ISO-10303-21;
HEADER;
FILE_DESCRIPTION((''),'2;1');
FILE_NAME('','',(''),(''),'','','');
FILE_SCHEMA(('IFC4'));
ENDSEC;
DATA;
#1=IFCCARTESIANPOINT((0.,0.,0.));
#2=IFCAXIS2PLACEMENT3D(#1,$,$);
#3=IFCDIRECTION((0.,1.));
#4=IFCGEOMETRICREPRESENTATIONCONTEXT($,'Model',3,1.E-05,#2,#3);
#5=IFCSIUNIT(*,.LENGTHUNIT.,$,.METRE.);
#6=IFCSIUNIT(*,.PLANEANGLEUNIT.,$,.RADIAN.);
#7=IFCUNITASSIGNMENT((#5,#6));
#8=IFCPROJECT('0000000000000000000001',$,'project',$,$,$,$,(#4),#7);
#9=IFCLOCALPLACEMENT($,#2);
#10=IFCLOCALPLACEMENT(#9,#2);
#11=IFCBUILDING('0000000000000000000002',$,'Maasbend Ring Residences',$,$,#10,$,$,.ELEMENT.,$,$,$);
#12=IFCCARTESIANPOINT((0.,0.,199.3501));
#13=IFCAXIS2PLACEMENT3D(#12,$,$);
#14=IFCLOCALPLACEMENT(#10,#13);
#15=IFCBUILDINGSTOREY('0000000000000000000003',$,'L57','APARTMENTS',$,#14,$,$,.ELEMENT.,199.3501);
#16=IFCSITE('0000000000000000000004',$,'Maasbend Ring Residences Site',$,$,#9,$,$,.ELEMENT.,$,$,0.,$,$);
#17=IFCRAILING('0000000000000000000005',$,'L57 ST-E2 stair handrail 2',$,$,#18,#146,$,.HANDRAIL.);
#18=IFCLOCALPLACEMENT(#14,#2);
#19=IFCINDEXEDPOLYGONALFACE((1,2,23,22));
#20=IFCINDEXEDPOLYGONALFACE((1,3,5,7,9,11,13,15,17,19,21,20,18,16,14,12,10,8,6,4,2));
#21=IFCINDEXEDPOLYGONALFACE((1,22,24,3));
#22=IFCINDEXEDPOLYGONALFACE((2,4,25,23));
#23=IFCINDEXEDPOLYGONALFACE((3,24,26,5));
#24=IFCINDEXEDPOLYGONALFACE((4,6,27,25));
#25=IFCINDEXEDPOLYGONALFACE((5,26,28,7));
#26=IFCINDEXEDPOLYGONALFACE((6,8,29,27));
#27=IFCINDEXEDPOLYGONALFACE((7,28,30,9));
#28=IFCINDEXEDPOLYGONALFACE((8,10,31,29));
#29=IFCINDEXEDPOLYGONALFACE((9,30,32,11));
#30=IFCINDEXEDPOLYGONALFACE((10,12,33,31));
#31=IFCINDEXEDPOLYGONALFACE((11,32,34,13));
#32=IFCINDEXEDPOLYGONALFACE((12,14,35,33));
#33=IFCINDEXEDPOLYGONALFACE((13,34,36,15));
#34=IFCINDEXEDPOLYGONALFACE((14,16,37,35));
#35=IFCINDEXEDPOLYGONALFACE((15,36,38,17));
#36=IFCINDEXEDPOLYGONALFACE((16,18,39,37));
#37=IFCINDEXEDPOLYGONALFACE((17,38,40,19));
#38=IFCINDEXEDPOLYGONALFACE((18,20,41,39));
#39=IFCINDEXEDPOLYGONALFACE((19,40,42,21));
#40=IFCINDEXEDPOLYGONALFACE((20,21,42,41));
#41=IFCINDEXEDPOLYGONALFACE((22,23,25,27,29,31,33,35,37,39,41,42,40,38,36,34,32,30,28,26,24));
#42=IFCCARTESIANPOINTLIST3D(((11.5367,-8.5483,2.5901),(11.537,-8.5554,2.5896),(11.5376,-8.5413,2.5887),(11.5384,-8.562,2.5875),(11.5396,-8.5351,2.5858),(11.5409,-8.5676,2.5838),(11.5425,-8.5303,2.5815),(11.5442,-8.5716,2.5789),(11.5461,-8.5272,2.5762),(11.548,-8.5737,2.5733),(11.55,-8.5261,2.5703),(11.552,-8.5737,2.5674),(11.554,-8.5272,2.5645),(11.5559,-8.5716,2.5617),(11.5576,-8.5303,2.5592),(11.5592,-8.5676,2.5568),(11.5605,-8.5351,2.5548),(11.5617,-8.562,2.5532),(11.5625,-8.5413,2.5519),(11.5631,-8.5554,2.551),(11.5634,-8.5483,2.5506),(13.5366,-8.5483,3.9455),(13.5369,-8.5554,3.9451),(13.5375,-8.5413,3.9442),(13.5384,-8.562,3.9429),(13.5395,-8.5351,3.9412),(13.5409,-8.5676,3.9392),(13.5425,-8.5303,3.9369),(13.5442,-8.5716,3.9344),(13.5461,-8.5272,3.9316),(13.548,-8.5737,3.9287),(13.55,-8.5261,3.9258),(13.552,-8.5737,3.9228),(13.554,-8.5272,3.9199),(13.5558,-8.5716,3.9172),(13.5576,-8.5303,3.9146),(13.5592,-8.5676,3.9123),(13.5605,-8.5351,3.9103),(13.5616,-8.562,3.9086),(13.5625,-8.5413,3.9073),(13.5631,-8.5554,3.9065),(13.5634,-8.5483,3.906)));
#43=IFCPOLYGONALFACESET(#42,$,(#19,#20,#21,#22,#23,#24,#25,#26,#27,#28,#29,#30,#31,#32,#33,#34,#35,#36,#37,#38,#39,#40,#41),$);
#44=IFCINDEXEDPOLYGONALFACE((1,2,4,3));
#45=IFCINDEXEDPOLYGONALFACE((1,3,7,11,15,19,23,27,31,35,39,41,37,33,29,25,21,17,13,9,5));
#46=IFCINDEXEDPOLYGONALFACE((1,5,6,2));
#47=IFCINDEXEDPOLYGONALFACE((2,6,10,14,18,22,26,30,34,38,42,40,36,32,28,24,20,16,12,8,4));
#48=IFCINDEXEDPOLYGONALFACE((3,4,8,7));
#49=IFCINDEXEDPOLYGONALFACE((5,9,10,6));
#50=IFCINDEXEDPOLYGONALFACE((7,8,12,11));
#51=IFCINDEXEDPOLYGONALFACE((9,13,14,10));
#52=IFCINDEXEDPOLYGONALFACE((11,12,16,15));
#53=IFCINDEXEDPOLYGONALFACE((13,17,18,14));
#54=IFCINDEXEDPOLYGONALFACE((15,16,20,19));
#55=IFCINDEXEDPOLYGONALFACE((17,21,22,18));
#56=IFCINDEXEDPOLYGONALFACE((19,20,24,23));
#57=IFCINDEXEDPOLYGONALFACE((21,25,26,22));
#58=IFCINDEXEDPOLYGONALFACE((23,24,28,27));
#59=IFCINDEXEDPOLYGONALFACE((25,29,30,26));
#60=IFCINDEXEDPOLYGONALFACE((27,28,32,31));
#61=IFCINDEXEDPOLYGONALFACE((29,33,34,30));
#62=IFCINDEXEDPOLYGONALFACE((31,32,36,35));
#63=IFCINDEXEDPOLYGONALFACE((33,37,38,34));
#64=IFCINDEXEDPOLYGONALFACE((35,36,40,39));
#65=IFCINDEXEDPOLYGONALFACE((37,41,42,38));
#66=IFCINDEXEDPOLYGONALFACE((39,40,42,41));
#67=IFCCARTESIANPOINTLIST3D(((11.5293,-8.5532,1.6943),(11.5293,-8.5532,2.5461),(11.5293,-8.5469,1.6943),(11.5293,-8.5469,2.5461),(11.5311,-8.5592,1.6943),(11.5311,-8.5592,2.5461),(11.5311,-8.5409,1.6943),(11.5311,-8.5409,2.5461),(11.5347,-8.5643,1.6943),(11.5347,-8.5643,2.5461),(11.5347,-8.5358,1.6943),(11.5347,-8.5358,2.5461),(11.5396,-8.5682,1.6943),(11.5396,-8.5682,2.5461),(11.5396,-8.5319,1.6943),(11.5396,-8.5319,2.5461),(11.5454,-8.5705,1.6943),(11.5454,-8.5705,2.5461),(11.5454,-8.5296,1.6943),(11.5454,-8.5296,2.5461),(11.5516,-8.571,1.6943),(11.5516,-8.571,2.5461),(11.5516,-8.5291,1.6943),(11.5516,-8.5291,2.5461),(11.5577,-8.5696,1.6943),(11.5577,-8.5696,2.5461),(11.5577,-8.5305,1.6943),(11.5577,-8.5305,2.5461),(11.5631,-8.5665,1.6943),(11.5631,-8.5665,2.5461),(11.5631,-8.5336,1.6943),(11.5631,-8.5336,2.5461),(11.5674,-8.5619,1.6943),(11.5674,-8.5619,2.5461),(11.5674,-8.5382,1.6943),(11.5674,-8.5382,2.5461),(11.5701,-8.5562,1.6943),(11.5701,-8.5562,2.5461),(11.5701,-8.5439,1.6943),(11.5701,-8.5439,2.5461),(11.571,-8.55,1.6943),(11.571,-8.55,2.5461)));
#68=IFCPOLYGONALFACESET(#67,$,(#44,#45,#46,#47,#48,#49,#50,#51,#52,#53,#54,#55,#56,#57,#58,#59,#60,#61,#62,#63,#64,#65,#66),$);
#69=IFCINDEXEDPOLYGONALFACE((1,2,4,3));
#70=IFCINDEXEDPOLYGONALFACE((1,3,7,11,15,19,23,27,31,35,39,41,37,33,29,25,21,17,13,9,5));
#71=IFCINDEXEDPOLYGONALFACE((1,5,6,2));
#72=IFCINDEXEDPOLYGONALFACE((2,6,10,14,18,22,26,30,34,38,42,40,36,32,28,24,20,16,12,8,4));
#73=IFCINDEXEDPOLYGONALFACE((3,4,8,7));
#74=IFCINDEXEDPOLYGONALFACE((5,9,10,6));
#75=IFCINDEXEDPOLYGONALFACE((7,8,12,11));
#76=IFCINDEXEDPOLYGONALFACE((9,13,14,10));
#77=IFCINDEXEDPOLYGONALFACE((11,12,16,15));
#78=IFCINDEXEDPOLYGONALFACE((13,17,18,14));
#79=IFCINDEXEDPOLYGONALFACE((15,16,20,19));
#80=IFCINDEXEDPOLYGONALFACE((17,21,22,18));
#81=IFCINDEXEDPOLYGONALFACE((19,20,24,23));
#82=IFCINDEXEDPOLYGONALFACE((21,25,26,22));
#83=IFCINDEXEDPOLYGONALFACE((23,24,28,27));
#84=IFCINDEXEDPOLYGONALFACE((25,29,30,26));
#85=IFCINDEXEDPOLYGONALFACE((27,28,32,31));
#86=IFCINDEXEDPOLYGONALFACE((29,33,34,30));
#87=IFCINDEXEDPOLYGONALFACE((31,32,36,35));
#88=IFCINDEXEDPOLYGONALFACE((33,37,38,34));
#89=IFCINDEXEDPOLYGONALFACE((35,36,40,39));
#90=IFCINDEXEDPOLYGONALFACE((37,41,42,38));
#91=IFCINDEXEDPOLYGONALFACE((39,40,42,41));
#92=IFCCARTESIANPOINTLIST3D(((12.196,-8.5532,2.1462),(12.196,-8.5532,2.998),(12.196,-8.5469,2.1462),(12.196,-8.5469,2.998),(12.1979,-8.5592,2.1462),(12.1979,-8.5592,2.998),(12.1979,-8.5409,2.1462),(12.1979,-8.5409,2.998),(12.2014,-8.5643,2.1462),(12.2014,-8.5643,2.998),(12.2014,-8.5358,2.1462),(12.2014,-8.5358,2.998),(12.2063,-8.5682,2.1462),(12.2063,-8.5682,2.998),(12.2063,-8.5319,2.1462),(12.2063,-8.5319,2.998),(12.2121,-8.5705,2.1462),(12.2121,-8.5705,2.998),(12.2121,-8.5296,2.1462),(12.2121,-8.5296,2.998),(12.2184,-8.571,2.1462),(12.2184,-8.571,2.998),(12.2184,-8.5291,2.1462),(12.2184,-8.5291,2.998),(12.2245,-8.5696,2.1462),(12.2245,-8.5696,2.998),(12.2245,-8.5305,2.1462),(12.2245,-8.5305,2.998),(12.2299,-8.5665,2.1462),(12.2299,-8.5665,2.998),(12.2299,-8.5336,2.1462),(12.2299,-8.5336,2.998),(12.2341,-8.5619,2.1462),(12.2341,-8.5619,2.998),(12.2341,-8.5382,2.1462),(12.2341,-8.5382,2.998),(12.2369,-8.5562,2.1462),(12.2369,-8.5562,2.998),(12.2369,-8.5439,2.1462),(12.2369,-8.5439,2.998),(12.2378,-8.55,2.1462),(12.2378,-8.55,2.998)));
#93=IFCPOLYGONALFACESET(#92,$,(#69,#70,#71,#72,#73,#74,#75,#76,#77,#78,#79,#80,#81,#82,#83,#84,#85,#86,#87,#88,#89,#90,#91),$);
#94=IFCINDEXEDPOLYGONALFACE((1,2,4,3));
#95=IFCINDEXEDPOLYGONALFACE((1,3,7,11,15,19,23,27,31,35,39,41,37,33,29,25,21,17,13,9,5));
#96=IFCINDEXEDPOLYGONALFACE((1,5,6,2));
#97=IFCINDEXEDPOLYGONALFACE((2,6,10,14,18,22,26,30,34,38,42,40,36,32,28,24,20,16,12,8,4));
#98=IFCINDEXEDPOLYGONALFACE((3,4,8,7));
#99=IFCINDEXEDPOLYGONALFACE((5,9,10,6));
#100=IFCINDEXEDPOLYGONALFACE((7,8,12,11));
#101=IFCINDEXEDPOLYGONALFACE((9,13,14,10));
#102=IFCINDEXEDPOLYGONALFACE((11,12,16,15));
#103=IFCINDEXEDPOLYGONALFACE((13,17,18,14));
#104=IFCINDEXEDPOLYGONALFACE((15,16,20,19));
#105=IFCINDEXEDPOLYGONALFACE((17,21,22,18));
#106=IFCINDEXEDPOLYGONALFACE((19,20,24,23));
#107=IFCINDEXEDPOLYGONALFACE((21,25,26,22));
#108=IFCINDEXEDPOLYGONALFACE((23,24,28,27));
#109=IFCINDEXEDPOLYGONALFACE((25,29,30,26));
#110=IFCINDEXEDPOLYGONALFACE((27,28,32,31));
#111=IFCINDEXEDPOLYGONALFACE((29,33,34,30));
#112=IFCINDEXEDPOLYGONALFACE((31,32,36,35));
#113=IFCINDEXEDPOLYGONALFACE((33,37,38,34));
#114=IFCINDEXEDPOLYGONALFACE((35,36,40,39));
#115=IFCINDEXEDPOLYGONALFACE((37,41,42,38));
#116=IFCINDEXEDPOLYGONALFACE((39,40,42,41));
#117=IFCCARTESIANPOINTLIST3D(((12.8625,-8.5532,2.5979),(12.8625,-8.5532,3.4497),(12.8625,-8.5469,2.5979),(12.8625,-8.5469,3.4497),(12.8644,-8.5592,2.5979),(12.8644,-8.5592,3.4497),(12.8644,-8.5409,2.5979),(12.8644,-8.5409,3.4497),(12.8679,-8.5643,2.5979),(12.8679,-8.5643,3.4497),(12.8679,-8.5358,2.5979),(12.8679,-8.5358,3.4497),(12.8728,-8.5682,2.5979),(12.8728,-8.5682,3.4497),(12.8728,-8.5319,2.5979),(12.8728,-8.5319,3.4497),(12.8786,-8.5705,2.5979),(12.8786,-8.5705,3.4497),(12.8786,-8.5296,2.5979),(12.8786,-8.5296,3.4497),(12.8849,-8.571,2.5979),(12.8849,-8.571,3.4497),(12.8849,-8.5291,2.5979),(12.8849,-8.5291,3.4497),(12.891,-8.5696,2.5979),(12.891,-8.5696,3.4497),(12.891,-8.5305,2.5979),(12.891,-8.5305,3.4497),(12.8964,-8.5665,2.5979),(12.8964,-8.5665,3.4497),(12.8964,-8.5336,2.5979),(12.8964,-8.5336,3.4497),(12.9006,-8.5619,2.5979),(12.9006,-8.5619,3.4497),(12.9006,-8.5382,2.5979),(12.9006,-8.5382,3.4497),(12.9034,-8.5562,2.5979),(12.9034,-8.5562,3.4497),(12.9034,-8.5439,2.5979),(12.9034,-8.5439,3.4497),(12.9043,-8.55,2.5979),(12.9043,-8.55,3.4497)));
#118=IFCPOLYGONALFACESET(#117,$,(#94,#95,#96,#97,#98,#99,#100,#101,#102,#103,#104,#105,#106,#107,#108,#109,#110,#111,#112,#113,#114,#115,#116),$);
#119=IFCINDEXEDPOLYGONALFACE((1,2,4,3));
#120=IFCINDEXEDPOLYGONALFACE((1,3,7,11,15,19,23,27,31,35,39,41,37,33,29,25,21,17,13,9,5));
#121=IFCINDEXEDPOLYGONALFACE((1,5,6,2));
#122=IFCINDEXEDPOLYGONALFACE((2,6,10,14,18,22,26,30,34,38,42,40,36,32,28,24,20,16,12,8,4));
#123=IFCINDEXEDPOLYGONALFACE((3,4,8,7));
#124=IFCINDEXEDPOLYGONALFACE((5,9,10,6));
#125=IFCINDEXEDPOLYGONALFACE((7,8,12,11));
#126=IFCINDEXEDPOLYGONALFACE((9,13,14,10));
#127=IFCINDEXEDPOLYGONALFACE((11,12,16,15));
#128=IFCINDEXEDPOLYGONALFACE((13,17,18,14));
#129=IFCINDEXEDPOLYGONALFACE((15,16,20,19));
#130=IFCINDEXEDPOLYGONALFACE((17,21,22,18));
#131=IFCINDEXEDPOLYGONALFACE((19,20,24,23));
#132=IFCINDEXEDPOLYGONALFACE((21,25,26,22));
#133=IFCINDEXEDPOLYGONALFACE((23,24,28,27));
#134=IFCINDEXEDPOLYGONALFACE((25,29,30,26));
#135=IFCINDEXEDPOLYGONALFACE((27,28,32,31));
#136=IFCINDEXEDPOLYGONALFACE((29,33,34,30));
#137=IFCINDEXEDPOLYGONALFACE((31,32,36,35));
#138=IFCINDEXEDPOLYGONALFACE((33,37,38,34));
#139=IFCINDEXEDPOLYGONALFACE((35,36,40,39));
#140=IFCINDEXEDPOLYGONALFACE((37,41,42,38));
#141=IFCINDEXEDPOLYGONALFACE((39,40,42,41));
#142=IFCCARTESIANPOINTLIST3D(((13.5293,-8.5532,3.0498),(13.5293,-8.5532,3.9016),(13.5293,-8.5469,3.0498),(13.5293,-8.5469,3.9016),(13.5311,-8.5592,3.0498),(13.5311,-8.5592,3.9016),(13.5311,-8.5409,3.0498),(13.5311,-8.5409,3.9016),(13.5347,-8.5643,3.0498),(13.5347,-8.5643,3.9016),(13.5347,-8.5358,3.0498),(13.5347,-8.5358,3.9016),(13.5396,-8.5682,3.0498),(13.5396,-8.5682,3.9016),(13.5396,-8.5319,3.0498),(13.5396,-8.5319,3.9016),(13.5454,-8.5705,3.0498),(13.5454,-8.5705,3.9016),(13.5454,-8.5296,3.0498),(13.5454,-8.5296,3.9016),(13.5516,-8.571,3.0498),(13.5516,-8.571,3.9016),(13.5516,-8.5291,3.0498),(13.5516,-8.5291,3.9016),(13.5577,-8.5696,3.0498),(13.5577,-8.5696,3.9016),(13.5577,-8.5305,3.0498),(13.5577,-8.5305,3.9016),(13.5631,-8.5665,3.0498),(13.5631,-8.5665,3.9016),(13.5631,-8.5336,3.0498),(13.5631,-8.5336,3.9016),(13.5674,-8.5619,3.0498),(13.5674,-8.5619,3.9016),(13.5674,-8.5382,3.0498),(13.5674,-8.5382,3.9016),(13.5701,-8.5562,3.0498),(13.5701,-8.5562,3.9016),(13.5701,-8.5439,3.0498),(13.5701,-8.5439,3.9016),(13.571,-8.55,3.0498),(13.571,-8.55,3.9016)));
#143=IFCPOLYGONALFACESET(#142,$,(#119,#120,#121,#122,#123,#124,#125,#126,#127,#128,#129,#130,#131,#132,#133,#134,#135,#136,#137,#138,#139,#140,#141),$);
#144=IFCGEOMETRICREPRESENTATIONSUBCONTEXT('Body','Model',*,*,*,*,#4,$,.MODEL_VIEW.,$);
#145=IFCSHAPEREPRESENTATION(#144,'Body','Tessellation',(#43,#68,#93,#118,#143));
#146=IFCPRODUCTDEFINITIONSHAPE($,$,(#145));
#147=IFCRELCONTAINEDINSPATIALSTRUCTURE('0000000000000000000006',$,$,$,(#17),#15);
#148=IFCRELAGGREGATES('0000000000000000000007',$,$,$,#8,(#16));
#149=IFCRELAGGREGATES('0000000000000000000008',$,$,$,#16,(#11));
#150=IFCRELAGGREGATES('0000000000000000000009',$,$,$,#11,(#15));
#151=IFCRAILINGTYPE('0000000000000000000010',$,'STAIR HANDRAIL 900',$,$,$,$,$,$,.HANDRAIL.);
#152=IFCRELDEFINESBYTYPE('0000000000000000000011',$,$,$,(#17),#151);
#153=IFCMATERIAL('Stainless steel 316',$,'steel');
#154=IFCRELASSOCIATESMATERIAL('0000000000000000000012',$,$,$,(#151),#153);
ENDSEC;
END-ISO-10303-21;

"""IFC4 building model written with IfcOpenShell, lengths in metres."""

from ifc_helpers import new_model, si_unit, direction, frame, origin, origin_2d, place, context, subcontext, project, spatial, circle, extrude, material, type_object, element, save


model = new_model("IFC4")

# Units and contexts
model_context = context("Model", 3, precision=1e-05, world=origin(), true_north=direction((0.0, 1.0)))
body_context = subcontext(model_context, "Body", "Model", "MODEL_VIEW")
ifc_project = project(units=[si_unit("LENGTHUNIT", "METRE"), si_unit("PLANEANGLEUNIT", "RADIAN")], contexts=[model_context])

# Site, building, storey
site_placement = place(None, origin())
site = spatial("IfcSite", under=ifc_project, at=site_placement, Name="Maasbend Ring Residences Site", CompositionType="ELEMENT", RefElevation=0.0)
building_placement = place(site_placement, origin())
building = spatial("IfcBuilding", under=site, at=building_placement, Name="Maasbend Ring Residences", CompositionType="ELEMENT")
storey_placement = place(building_placement, frame((0.0, 0.0, 199.3501)))
storey = spatial("IfcBuildingStorey", under=building, at=storey_placement, Name="L57", Description="APARTMENTS", CompositionType="ELEMENT", Elevation=199.3501)

# Railing
ifc_material_1 = material(Name="Stainless steel 316", Category="steel")
railing_type_1 = type_object("IfcRailingType", Name="STAIR HANDRAIL 900", PredefinedType="HANDRAIL", material=ifc_material_1)
railing_1_placement = place(storey_placement, frame((11.55, -8.55, 1.6943)))
element("IfcRailing", 1, at=railing_1_placement, inside=storey, type_object=railing_type_1, Name="L57 ST-E2 stair handrail 2", PredefinedType="HANDRAIL", context=body_context, shape_type="SweptSolid", body=[
    extrude(circle(Radius=0.0239, at=origin_2d()), frame((0.0, 0.0, 0.876), z_axis=(0.827798, 0.0, 0.561027), x_axis=(0.0, 1.0, 0.0)), (0.0, 0.0, 1.0), 2.416),
    extrude(circle(Radius=0.021, at=origin_2d()), origin(), (0.0, 0.0, 1.0), 0.8518),
    extrude(circle(Radius=0.021, at=origin_2d()), frame((0.6667, 0.0, 0.4519)), (0.0, 0.0, 1.0), 0.8518),
    extrude(circle(Radius=0.021, at=origin_2d()), frame((1.3333, 0.0, 0.9036)), (0.0, 0.0, 1.0), 0.8518),
    extrude(circle(Radius=0.021, at=origin_2d()), frame((2.0, 0.0, 1.3555)), (0.0, 0.0, 1.0), 0.8518),
])

save(model, "model.ifc")
